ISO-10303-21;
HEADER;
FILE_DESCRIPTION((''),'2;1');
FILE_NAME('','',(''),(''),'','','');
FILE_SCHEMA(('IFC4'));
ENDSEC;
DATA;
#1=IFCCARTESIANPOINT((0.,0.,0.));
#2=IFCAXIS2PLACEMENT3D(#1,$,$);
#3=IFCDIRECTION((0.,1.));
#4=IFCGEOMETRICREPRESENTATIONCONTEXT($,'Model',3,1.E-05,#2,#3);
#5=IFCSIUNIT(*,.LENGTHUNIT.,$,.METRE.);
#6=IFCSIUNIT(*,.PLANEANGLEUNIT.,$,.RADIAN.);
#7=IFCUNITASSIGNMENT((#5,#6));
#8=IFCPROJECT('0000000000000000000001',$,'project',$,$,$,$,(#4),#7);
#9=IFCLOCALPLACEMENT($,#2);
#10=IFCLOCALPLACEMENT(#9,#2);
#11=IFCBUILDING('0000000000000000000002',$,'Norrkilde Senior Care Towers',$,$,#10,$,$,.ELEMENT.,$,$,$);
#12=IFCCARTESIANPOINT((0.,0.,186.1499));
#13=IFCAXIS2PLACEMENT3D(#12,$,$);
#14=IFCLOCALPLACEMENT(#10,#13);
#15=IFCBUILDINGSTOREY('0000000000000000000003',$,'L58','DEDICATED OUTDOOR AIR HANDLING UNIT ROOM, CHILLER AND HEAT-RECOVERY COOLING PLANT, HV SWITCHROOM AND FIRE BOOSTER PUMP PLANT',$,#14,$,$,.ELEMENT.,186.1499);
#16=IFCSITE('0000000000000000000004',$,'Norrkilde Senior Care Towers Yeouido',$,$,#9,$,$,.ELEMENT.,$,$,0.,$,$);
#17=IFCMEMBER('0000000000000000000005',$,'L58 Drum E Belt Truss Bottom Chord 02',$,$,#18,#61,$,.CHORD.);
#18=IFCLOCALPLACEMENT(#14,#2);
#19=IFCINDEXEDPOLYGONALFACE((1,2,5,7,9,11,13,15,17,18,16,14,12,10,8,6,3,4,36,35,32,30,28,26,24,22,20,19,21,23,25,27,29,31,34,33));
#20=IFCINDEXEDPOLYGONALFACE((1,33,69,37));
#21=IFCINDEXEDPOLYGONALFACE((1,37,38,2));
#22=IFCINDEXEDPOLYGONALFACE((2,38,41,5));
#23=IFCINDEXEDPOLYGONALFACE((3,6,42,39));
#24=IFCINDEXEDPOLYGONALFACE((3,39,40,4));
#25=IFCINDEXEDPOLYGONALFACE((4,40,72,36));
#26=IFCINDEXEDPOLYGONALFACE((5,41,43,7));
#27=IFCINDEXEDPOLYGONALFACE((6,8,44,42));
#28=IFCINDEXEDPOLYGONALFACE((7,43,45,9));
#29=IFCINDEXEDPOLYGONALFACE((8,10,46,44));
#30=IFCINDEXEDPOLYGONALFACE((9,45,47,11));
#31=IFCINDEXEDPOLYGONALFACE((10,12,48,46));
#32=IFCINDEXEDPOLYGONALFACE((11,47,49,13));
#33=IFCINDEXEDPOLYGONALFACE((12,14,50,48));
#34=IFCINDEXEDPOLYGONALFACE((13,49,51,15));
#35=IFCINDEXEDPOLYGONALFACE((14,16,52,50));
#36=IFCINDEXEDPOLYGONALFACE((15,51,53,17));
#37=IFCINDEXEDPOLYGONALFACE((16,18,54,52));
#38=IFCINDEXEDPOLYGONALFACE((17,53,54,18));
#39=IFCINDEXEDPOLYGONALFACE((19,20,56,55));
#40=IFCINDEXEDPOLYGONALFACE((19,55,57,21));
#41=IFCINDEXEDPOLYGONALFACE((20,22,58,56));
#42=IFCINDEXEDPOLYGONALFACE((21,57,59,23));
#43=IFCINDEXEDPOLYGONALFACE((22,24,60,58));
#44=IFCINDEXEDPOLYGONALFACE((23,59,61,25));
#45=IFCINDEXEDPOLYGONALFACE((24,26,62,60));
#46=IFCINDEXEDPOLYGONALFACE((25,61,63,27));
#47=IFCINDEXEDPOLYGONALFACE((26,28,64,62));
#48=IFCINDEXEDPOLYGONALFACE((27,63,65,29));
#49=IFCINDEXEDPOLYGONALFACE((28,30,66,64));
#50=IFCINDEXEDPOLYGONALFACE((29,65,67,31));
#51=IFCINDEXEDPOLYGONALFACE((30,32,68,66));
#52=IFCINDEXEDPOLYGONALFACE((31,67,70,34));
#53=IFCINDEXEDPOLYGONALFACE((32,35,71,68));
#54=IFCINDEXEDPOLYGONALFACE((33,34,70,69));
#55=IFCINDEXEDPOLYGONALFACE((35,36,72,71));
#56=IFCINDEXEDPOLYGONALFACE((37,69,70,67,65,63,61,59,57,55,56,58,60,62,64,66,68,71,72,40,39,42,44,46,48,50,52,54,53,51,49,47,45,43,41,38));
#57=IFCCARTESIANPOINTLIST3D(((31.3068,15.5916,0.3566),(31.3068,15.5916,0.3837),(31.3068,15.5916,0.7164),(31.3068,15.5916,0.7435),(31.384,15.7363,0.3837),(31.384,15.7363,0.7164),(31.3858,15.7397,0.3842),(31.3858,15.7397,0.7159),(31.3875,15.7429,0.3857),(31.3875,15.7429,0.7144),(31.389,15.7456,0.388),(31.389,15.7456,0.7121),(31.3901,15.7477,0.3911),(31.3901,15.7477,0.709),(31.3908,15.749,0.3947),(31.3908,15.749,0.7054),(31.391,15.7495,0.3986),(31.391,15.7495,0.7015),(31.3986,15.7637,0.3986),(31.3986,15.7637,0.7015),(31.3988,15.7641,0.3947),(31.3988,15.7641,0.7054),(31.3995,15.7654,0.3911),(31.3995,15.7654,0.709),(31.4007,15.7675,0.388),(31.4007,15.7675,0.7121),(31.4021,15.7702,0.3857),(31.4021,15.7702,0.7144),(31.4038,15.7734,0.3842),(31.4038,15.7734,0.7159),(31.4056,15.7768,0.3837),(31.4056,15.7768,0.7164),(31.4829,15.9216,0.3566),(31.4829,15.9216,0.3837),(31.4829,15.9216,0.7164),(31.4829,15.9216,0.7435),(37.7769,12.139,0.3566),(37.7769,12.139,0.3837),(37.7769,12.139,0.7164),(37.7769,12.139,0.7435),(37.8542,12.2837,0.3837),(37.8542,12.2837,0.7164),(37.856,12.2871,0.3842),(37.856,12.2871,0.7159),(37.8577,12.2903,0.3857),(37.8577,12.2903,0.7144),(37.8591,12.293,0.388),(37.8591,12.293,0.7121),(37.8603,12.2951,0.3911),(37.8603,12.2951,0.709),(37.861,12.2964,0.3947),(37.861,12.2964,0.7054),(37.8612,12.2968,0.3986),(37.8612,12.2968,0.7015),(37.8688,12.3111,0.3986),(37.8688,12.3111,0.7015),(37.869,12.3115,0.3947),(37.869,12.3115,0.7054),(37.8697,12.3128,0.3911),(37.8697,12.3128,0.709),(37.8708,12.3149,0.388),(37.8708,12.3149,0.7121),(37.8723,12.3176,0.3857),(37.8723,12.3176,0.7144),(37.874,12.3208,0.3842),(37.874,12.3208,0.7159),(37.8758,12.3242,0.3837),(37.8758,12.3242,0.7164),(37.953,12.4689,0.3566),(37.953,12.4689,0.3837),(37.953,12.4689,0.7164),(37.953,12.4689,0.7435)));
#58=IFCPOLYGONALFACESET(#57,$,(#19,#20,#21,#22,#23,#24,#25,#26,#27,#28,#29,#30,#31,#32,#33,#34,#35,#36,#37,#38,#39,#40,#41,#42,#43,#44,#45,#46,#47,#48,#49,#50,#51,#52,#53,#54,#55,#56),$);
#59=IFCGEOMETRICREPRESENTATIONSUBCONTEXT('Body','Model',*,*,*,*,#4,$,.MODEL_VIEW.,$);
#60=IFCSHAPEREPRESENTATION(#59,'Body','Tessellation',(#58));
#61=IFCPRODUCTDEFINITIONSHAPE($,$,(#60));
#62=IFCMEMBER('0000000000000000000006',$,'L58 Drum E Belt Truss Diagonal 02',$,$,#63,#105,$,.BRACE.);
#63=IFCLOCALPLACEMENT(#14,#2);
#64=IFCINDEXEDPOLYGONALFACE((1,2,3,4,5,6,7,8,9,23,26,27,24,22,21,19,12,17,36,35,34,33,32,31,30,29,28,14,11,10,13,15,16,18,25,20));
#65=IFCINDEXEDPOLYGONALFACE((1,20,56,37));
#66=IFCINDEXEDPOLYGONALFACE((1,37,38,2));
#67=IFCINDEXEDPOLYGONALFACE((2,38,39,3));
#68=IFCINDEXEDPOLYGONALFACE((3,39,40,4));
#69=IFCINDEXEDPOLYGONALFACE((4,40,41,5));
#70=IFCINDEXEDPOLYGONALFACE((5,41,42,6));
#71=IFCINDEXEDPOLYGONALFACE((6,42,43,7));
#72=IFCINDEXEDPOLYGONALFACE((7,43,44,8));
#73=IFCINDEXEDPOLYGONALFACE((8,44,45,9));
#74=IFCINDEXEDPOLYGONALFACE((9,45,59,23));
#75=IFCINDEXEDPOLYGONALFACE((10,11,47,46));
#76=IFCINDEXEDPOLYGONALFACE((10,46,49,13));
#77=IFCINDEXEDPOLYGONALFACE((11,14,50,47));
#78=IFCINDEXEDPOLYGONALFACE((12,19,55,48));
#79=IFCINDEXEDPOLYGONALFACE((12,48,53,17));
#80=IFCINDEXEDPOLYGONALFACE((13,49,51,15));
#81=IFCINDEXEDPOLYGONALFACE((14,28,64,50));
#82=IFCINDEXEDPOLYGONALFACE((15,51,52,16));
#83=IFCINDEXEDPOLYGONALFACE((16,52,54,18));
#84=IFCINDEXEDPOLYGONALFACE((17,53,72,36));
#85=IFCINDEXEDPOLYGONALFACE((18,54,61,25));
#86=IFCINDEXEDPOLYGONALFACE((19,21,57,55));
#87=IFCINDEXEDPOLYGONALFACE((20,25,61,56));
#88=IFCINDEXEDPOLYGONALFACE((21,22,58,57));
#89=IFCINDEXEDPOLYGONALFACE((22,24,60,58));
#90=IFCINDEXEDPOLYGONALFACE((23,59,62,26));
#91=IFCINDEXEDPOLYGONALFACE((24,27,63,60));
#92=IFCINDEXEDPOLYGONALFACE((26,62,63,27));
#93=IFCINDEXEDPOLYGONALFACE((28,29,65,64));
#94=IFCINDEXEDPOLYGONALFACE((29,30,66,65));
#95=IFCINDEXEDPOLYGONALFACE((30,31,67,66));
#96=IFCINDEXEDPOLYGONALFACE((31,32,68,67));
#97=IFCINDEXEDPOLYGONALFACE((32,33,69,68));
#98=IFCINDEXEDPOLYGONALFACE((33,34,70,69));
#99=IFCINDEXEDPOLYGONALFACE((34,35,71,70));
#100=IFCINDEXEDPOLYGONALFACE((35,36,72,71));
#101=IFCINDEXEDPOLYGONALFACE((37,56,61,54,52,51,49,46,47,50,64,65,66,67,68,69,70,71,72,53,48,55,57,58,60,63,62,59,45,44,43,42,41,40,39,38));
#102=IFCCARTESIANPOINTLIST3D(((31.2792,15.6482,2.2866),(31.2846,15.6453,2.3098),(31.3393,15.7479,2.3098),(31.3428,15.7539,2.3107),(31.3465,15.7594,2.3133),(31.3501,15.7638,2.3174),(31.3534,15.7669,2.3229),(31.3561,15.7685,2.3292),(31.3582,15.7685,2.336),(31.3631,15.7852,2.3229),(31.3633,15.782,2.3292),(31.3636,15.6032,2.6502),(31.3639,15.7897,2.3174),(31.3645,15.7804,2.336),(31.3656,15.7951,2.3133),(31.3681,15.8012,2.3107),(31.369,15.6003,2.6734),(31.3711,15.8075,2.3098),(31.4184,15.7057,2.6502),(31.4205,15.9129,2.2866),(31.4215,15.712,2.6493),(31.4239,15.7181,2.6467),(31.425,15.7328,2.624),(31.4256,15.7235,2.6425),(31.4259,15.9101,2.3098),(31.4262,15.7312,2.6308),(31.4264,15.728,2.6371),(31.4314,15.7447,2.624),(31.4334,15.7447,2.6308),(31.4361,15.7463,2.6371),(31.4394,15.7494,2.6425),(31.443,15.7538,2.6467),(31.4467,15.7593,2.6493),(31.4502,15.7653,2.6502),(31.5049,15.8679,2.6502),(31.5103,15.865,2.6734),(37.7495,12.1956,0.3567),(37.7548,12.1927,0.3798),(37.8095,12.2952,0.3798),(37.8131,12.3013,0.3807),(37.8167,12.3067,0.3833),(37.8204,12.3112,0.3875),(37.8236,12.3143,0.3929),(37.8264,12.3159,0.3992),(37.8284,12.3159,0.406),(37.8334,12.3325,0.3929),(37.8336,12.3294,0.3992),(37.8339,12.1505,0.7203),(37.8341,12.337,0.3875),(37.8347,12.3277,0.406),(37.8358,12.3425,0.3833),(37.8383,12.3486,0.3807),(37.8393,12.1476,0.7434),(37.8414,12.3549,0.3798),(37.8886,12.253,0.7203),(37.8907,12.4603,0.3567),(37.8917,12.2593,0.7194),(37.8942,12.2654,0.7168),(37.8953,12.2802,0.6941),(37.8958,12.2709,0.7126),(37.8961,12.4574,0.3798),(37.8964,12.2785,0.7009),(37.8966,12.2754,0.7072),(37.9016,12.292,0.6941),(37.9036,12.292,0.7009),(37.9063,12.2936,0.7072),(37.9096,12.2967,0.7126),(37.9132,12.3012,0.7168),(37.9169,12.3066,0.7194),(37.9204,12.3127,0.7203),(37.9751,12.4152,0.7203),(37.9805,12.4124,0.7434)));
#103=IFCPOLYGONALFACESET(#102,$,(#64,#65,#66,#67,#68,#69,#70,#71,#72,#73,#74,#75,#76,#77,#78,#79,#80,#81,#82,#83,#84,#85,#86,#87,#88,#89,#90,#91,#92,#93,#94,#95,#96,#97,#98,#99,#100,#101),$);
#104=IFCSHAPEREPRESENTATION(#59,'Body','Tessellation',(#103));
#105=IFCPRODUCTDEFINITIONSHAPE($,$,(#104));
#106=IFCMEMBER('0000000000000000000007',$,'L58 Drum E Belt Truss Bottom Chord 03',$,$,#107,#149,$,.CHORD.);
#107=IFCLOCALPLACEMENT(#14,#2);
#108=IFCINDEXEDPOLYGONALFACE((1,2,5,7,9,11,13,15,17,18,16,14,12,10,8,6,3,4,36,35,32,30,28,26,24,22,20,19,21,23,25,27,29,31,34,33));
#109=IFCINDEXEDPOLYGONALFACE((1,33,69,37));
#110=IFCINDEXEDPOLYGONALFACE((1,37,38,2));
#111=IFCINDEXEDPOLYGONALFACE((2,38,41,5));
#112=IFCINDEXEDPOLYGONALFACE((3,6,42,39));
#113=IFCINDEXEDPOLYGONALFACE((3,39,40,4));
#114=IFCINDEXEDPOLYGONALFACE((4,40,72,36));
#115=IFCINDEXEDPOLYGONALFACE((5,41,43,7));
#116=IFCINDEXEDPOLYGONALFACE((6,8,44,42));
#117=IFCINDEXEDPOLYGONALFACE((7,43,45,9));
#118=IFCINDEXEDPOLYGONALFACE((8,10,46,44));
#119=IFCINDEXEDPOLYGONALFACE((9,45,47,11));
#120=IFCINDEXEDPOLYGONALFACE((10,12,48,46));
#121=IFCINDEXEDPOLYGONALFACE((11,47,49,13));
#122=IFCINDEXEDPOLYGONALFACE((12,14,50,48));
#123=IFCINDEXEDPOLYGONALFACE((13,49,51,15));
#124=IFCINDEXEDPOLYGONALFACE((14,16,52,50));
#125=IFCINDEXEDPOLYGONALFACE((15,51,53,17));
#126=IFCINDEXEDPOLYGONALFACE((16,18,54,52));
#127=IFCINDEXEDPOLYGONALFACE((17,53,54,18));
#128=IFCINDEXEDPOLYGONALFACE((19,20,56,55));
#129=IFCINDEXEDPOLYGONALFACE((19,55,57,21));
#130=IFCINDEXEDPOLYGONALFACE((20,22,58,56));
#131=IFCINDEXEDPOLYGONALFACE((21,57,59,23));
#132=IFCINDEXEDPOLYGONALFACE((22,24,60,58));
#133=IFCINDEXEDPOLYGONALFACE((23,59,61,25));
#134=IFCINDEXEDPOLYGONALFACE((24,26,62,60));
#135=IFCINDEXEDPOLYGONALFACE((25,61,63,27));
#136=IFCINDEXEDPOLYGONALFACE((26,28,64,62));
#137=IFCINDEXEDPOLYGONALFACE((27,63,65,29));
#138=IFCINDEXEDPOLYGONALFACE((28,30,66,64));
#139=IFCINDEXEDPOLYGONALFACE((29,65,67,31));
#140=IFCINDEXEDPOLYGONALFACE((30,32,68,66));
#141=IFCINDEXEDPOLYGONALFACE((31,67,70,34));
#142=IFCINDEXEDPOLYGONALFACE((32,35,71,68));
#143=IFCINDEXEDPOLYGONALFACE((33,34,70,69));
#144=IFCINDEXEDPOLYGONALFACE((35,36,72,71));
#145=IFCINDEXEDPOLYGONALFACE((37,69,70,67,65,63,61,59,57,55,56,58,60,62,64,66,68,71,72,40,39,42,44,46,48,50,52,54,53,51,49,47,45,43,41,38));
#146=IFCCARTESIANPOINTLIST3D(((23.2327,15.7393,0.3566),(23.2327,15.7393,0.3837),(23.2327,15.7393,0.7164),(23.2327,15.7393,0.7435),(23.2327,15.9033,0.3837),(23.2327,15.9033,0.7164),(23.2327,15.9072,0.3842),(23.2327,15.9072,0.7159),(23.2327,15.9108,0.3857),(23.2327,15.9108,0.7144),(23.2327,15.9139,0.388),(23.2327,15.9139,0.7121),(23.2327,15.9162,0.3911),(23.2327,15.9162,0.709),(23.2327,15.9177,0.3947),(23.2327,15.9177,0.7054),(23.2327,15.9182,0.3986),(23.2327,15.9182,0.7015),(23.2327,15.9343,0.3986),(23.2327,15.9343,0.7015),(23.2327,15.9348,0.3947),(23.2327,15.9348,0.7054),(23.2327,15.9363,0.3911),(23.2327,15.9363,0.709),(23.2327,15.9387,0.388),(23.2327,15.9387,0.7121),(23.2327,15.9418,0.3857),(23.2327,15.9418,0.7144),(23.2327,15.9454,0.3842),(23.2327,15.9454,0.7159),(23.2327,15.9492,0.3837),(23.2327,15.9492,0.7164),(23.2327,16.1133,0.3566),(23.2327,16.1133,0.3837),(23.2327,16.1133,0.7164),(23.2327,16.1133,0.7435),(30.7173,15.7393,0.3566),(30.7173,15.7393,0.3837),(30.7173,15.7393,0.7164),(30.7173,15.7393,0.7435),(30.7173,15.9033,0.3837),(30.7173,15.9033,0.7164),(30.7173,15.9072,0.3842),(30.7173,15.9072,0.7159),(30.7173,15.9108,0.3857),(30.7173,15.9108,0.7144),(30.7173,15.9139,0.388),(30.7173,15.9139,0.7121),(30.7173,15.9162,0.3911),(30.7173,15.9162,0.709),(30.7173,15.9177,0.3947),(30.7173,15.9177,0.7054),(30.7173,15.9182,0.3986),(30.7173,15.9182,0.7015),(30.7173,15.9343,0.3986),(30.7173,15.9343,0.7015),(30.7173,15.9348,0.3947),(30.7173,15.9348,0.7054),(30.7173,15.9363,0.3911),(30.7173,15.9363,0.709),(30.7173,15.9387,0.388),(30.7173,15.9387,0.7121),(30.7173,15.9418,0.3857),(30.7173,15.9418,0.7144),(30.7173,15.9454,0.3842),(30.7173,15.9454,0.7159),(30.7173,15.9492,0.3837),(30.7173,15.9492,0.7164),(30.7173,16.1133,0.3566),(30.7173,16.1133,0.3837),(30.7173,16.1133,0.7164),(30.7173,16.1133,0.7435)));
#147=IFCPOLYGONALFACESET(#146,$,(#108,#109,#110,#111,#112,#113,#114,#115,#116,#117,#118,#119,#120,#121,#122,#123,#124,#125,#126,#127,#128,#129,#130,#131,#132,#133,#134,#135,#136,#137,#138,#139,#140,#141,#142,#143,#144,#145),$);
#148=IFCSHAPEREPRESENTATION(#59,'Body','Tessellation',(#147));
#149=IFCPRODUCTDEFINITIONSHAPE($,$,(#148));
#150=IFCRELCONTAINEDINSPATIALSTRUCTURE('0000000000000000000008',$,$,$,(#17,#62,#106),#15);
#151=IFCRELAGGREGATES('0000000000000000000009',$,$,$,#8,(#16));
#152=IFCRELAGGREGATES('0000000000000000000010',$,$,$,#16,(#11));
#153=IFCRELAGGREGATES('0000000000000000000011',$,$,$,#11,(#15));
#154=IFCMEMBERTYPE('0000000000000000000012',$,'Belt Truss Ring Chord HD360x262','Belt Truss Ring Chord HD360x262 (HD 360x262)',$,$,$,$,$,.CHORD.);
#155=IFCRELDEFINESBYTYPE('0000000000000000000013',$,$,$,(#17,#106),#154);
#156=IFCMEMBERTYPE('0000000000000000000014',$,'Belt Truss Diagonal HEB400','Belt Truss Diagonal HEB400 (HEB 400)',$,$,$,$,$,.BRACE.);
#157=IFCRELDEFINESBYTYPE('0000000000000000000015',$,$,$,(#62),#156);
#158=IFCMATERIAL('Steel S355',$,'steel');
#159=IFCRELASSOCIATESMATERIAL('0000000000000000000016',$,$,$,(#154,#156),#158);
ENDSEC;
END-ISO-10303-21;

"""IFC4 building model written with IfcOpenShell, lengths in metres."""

from ifc_helpers import new_model, si_unit, direction, frame, origin, origin_2d, place, context, subcontext, project, spatial, i_section, extrude, source, transform, mapped, material, material_profile, profile_set, type_object, type_shapes, element, save


model = new_model("IFC4")

# Units and contexts
model_context = context("Model", 3, precision=1e-05, world=origin(), true_north=direction((0.0, 1.0)))
body_context = subcontext(model_context, "Body", "Model", "MODEL_VIEW")
ifc_project = project(units=[si_unit("LENGTHUNIT", "METRE"), si_unit("PLANEANGLEUNIT", "RADIAN")], contexts=[model_context])

# Site, building, storey
site_placement = place(None, origin())
site = spatial("IfcSite", under=ifc_project, at=site_placement, Name="Norrkilde Senior Care Towers Yeouido", CompositionType="ELEMENT", RefElevation=0.0)
building_placement = place(site_placement, origin())
building = spatial("IfcBuilding", under=site, at=building_placement, Name="Norrkilde Senior Care Towers", CompositionType="ELEMENT")
storey_placement = place(building_placement, frame((0.0, 0.0, 186.1499)))
storey = spatial("IfcBuildingStorey", under=building, at=storey_placement, Name="L58", Description="DEDICATED OUTDOOR AIR HANDLING UNIT ROOM, CHILLER AND HEAT-RECOVERY COOLING PLANT, HV SWITCHROOM AND FIRE BOOSTER PUMP PLANT", CompositionType="ELEMENT", Elevation=186.1499)

# Members
ifc_material_1 = material(Name="Steel S355", Category="steel")
ifc_material_profile_1 = material_profile(ifc_material_1, i_section(OverallWidth=0.374, OverallDepth=0.387, WebThickness=0.0161, FlangeThickness=0.0271, FilletRadius=0.0149, at=origin_2d()), Name="HD 360x262")
ifc_profile_set_1 = profile_set([ifc_material_profile_1], Name="Steel S355")
member_type_1 = type_object("IfcMemberType", Name="Belt Truss Ring Chord HD360x262", Description="Belt Truss Ring Chord HD360x262 (HD 360x262)", PredefinedType="CHORD", material=ifc_profile_set_1)
shared_shape_1 = source(origin(), body_context, "Body", "SweptSolid", [
    extrude(i_section(OverallWidth=0.374, OverallDepth=0.387, WebThickness=0.0161, FlangeThickness=0.0271, FilletRadius=0.0149, at=origin_2d()), origin(), (0.0, 0.0, 1.0), 7.3337),
])
member_1_placement = place(storey_placement, frame((37.865, 12.304, 0.55), z_axis=(-0.882248, 0.470785, 0.0), x_axis=(-0.470785, -0.882248, 0.0)))
element("IfcMember", 1, at=member_1_placement, inside=storey, type_object=member_type_1, Name="L58 Drum E Belt Truss Bottom Chord 02", PredefinedType="CHORD", context=body_context, shape_type="MappedRepresentation", body=[
    mapped(shared_shape_1, transform((0.0, 0.0, 0.0), x_axis=(1.0, 0.0, 0.0), y_axis=(0.0, 1.0, 0.0), z_axis=(0.0, 0.0, 1.0), scale=1.0)),
])
ifc_material_profile_2 = material_profile(ifc_material_1, i_section(OverallWidth=0.3, OverallDepth=0.3999, WebThickness=0.0134, FlangeThickness=0.0239, FilletRadius=0.0271, at=origin_2d()), Name="HEB 400")
ifc_profile_set_2 = profile_set([ifc_material_profile_2], Name="Steel S355")
member_type_2 = type_object("IfcMemberType", Name="Belt Truss Diagonal HEB400", Description="Belt Truss Diagonal HEB400 (HEB 400)", PredefinedType="BRACE", material=ifc_profile_set_2)
shared_shape_2 = source(origin(), body_context, "Body", "SweptSolid", [
    extrude(i_section(OverallWidth=0.3, OverallDepth=0.3999, WebThickness=0.0134, FlangeThickness=0.0239, FilletRadius=0.0271, at=origin_2d()), origin(), (0.0, 0.0, 1.0), 7.5835),
])
member_2_placement = place(storey_placement, frame((37.865, 12.304, 0.55), z_axis=(-0.8532, 0.455285, 0.254492), x_axis=(-0.470785, -0.882248, 0.0)))
element("IfcMember", 2, at=member_2_placement, inside=storey, type_object=member_type_2, Name="L58 Drum E Belt Truss Diagonal 02", PredefinedType="BRACE", context=body_context, shape_type="MappedRepresentation", body=[
    mapped(shared_shape_2, transform((0.0, 0.0, 0.0), x_axis=(1.0, 0.0, 0.0), y_axis=(0.0, 1.0, 0.0), z_axis=(0.0, 0.0, 1.0), scale=1.0)),
])
shared_shape_3 = source(origin(), body_context, "Body", "SweptSolid", [
    extrude(i_section(OverallWidth=0.374, OverallDepth=0.387, WebThickness=0.0161, FlangeThickness=0.0271, FilletRadius=0.0149, at=origin_2d()), origin(), (0.0, 0.0, 1.0), 7.4846),
])
type_shapes(member_type_1, [shared_shape_1, shared_shape_3])
member_3_placement = place(storey_placement, frame((30.7173, 15.9263, 0.55), z_axis=(-1.0, 0.0, 0.0), x_axis=(0.0, -1.0, 0.0)))
element("IfcMember", 3, at=member_3_placement, inside=storey, type_object=member_type_1, Name="L58 Drum E Belt Truss Bottom Chord 03", PredefinedType="CHORD", context=body_context, shape_type="MappedRepresentation", body=[
    mapped(shared_shape_3, transform((0.0, 0.0, 0.0), x_axis=(1.0, 0.0, 0.0), y_axis=(0.0, 1.0, 0.0), z_axis=(0.0, 0.0, 1.0), scale=1.0)),
])

save(model, "model.ifc")
